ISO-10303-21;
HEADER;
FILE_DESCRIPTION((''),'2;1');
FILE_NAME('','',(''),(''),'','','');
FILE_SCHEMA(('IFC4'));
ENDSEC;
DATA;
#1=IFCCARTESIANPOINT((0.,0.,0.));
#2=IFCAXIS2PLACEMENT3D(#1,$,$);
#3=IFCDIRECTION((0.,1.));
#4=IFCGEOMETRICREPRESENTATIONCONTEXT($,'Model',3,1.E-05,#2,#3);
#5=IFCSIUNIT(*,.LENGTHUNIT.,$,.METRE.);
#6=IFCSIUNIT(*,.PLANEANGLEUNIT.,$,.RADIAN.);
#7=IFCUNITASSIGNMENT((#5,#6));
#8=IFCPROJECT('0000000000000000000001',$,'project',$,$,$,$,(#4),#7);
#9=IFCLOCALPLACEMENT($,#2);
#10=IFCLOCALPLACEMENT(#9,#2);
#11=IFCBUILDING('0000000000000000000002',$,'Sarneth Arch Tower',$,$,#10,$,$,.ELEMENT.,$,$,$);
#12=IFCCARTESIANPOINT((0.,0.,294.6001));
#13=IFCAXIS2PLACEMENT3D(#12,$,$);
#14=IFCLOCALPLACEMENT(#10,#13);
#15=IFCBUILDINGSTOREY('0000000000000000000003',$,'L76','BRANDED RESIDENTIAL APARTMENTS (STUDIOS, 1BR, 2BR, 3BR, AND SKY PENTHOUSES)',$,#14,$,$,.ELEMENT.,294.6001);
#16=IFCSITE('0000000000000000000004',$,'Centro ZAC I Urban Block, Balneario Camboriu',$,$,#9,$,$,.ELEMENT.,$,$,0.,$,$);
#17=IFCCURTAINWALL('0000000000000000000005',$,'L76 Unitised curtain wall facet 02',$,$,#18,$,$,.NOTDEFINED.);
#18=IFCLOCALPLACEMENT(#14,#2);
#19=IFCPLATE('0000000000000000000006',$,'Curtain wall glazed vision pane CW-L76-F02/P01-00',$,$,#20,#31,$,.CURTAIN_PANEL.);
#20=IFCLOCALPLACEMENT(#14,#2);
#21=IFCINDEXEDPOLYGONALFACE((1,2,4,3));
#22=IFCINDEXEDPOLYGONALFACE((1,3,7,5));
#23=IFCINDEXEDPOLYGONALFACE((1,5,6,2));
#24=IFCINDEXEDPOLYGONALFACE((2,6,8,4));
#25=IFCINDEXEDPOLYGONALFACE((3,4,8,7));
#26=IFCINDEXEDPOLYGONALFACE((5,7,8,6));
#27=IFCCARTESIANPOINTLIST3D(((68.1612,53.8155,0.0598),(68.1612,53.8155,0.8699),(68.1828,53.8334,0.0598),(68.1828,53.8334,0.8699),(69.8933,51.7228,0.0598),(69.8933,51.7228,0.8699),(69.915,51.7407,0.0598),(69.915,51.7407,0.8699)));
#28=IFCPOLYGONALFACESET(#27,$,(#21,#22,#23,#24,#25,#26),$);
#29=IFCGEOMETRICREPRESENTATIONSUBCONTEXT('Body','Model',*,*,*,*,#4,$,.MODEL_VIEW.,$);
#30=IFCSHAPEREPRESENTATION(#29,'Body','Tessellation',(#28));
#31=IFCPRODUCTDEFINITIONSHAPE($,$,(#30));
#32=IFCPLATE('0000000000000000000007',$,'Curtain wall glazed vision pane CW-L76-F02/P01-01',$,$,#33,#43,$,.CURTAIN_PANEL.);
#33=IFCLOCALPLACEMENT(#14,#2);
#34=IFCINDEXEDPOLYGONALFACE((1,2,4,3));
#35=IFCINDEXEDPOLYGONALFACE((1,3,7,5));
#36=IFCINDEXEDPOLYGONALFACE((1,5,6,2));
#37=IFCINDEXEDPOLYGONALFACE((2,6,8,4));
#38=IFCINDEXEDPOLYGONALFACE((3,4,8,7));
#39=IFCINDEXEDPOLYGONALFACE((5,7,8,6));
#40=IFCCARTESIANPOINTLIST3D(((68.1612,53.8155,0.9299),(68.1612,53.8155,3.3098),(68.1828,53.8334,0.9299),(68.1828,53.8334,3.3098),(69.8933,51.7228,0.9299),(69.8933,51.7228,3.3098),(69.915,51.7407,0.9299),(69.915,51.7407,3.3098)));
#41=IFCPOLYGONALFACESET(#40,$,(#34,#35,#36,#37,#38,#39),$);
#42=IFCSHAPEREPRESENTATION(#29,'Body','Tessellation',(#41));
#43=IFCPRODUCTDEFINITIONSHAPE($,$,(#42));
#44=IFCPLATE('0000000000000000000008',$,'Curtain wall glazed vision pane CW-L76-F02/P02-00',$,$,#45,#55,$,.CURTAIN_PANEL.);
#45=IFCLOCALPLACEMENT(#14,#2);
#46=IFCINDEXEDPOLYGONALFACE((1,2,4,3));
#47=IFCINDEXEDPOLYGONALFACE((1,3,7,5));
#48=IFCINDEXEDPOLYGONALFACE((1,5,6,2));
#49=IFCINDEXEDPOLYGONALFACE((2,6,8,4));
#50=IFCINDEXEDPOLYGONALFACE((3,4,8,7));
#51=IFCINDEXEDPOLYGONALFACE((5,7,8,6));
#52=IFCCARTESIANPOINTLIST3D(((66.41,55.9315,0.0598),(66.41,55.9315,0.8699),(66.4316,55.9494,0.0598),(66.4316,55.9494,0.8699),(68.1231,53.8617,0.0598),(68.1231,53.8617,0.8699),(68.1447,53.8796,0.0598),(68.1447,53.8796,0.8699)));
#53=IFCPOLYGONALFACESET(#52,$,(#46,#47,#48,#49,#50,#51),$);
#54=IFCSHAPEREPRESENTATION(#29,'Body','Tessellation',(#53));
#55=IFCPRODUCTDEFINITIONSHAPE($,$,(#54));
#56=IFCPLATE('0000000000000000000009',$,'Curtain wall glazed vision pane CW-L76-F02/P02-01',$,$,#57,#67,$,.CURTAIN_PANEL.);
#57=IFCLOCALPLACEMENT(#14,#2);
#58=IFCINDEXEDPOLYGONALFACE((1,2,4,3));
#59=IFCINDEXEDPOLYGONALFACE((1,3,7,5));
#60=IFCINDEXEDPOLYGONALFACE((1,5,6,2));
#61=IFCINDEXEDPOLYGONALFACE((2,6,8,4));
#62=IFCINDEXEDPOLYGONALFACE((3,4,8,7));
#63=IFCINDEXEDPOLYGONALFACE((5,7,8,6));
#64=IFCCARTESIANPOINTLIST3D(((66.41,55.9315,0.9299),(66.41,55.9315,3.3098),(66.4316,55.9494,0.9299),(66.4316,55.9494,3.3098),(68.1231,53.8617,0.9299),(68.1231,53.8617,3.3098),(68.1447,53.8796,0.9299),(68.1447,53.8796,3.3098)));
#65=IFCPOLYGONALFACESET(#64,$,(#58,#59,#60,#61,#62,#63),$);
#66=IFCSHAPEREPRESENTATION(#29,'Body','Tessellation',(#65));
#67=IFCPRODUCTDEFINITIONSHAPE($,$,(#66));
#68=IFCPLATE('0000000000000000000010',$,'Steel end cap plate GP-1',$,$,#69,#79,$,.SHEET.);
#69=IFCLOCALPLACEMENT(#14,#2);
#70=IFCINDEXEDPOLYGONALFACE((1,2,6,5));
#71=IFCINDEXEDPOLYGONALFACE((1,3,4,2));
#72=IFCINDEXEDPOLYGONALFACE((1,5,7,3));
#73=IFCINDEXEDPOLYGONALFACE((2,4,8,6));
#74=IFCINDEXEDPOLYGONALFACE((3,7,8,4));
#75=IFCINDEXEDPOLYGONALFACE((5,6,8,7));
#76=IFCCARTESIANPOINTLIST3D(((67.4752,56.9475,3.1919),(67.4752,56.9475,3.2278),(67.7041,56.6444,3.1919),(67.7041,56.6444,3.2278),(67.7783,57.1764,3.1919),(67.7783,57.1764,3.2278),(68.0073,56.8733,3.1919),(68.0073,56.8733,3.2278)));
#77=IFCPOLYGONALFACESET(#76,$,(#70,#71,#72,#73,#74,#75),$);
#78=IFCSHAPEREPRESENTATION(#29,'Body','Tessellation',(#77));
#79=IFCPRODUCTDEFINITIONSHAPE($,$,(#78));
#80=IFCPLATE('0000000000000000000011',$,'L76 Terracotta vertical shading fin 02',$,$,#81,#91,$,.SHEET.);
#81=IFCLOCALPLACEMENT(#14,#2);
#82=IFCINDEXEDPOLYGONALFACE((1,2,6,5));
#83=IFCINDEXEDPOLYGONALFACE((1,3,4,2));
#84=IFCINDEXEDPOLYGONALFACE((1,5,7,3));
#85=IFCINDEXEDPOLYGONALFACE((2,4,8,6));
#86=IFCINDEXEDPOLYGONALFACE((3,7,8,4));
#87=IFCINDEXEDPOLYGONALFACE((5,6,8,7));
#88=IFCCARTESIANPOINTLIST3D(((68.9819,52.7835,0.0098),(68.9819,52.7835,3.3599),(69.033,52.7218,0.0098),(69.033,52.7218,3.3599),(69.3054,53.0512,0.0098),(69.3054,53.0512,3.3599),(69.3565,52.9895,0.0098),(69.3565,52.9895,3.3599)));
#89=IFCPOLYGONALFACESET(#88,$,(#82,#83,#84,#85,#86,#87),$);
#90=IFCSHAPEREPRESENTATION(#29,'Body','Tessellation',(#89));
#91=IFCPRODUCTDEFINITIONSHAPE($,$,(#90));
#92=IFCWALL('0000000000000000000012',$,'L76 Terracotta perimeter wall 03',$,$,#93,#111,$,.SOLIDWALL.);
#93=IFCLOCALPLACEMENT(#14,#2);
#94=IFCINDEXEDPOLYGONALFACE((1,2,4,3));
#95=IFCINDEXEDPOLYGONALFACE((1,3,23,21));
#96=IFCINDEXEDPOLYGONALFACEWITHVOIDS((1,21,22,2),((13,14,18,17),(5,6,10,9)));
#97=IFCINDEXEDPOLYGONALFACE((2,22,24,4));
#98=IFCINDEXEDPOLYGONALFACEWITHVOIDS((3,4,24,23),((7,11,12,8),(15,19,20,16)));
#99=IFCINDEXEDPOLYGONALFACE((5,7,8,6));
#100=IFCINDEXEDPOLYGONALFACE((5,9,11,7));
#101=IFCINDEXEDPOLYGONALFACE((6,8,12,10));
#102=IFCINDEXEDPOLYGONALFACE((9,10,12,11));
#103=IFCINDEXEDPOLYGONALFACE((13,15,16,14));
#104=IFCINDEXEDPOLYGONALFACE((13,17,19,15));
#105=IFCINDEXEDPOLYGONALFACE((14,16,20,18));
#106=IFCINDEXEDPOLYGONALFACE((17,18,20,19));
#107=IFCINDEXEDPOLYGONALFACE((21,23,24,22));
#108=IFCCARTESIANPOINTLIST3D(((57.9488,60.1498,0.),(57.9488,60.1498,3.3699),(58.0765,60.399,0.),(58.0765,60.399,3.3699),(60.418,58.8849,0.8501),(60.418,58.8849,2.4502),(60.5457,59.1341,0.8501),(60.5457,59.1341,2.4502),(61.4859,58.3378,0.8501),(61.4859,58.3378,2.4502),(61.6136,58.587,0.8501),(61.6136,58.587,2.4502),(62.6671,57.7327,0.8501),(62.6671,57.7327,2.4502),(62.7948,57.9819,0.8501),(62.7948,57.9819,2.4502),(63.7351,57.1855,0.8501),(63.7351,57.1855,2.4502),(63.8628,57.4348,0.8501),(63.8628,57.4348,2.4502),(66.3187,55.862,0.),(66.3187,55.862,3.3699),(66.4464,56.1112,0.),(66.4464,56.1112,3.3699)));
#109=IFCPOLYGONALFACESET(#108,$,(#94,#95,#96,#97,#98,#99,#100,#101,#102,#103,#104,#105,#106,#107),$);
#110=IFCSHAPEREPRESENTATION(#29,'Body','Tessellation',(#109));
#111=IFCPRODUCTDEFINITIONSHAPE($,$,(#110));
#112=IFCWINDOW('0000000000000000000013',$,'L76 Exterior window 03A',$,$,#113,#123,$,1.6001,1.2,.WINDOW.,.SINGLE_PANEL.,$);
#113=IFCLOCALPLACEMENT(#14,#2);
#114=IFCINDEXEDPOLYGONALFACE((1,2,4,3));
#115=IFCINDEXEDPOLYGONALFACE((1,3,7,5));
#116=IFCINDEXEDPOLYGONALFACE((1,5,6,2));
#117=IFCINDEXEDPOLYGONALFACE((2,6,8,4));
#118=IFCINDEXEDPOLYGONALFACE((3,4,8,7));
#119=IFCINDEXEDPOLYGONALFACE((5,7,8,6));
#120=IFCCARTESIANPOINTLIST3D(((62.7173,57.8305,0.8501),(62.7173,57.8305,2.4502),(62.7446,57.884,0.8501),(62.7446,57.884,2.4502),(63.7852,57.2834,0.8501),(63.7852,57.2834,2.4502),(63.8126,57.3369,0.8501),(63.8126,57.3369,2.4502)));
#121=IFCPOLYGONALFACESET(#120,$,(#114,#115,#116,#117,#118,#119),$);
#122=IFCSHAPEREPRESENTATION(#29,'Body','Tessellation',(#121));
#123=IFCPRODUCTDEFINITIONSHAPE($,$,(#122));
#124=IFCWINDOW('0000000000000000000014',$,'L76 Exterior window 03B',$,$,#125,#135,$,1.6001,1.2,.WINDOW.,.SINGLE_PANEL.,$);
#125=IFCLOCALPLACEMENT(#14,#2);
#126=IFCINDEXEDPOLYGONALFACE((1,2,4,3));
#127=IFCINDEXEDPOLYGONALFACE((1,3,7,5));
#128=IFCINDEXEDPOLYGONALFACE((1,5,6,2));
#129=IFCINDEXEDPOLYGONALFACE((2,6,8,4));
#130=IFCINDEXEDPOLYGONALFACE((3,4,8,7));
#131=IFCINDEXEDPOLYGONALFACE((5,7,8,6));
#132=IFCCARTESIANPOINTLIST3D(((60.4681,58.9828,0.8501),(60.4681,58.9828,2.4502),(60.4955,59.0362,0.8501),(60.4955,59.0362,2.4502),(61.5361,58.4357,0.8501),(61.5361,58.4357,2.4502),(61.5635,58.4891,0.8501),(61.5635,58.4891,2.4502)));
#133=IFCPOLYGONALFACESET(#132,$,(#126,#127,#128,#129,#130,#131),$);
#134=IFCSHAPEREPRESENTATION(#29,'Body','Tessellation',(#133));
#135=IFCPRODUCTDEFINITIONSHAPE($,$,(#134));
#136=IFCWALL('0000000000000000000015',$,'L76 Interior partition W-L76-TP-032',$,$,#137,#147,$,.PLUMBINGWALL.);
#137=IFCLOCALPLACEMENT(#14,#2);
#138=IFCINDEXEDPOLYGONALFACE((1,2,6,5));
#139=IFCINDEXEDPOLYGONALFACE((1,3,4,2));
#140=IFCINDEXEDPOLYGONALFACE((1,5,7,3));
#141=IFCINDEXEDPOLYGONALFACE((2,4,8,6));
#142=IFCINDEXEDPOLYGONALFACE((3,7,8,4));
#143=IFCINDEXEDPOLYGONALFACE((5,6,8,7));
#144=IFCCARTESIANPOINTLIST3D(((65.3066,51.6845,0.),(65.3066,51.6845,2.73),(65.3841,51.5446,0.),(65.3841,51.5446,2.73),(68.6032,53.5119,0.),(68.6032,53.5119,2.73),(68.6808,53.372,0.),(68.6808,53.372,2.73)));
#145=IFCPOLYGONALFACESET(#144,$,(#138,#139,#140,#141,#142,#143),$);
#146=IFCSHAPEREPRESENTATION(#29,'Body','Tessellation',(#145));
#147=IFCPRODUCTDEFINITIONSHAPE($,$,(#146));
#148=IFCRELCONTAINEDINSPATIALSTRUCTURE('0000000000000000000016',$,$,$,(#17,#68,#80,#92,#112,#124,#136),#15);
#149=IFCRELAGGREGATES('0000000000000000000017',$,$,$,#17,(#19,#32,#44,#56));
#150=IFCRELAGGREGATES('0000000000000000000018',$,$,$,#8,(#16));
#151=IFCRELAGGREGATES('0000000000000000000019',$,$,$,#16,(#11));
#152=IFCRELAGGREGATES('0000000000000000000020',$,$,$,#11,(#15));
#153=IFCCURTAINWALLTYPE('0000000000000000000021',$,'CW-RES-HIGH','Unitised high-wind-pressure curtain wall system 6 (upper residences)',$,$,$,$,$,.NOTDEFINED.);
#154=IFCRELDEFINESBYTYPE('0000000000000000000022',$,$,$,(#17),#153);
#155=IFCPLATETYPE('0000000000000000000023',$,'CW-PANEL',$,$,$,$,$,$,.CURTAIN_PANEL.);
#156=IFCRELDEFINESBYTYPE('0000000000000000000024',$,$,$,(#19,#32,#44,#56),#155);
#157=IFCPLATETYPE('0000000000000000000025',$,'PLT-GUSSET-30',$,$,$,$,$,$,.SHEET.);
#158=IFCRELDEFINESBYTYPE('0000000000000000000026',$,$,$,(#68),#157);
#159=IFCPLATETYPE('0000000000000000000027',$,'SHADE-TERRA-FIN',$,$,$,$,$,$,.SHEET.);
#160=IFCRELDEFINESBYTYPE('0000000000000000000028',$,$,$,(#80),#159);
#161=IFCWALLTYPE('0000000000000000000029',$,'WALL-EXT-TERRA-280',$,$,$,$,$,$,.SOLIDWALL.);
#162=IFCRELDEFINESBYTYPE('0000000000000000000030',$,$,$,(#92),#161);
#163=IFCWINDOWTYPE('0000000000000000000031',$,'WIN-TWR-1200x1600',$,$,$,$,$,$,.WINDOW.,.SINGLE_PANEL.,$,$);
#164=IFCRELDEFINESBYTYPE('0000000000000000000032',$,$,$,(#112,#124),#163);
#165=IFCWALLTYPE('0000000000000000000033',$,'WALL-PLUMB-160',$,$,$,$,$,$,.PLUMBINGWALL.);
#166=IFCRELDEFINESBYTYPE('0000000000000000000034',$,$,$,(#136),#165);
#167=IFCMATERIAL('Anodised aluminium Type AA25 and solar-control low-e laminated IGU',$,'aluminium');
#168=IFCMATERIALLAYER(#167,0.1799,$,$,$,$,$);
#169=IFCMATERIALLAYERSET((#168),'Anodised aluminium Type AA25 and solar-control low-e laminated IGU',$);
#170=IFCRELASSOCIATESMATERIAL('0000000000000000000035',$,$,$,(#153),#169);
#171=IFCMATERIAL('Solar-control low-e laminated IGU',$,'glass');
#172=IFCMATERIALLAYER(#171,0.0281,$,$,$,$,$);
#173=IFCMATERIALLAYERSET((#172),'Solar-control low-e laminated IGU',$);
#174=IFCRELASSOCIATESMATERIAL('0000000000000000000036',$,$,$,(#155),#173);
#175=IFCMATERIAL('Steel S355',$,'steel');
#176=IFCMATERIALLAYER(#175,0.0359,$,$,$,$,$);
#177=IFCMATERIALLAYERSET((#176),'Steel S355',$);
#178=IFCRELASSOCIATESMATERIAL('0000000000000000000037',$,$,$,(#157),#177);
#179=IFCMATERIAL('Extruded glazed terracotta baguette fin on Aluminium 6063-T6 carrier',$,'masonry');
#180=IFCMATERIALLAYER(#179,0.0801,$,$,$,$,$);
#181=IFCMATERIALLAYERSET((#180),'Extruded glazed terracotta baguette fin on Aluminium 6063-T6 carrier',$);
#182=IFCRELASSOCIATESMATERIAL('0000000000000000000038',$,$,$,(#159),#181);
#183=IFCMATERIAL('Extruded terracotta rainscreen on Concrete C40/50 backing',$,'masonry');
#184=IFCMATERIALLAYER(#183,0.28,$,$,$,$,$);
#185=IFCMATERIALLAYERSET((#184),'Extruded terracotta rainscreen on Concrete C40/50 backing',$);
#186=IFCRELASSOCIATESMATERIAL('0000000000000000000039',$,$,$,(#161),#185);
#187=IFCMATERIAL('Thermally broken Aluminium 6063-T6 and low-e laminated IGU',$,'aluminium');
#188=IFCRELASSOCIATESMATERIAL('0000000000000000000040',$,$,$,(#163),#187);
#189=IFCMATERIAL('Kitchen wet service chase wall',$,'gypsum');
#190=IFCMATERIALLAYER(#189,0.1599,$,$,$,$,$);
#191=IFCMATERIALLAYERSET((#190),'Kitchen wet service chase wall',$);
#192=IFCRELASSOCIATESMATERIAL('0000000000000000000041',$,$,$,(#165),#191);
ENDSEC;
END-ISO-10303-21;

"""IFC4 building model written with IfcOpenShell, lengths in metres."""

from ifc_helpers import new_model, si_unit, direction, frame, frame_2d, origin, origin_2d, place, context, subcontext, project, spatial, rectangle, extrude, material, layer, layer_set, type_object, element, fill, aggregate, save


model = new_model("IFC4")

# Units and contexts
model_context = context("Model", 3, precision=1e-05, world=origin(), true_north=direction((0.0, 1.0)))
body_context = subcontext(model_context, "Body", "Model", "MODEL_VIEW")
ifc_project = project(units=[si_unit("LENGTHUNIT", "METRE"), si_unit("PLANEANGLEUNIT", "RADIAN")], contexts=[model_context])

# Site, building, storey
site_placement = place(None, origin())
site = spatial("IfcSite", under=ifc_project, at=site_placement, Name="Centro ZAC I Urban Block, Balneario Camboriu", CompositionType="ELEMENT", RefElevation=0.0)
building_placement = place(site_placement, origin())
building = spatial("IfcBuilding", under=site, at=building_placement, Name="Sarneth Arch Tower", CompositionType="ELEMENT")
storey_placement = place(building_placement, frame((0.0, 0.0, 294.6001)))
storey = spatial("IfcBuildingStorey", under=building, at=storey_placement, Name="L76", Description="BRANDED RESIDENTIAL APARTMENTS (STUDIOS, 1BR, 2BR, 3BR, AND SKY PENTHOUSES)", CompositionType="ELEMENT", Elevation=294.6001)

# Curtain wall
ifc_material_1 = material(Name="Anodised aluminium Type AA25 and solar-control low-e laminated IGU", Category="aluminium")
ifc_layer_1 = layer(ifc_material_1, 0.1799)
ifc_layer_set_1 = layer_set([ifc_layer_1], Name="Anodised aluminium Type AA25 and solar-control low-e laminated IGU")
curtain_wall_type = type_object("IfcCurtainWallType", Name="CW-RES-HIGH", Description="Unitised high-wind-pressure curtain wall system 6 (upper residences)", PredefinedType="NOTDEFINED", material=ifc_layer_set_1)
curtain_wall_placement = place(storey_placement, origin())
curtain_wall = element("IfcCurtainWall", 1, at=curtain_wall_placement, inside=storey, type_object=curtain_wall_type, Name="L76 Unitised curtain wall facet 02", PredefinedType="NOTDEFINED")

# Plates
ifc_material_2 = material(Name="Solar-control low-e laminated IGU", Category="glass")
ifc_layer_2 = layer(ifc_material_2, 0.0281)
ifc_layer_set_2 = layer_set([ifc_layer_2], Name="Solar-control low-e laminated IGU")
plate_type_1 = type_object("IfcPlateType", Name="CW-PANEL", PredefinedType="CURTAIN_PANEL", material=ifc_layer_set_2)
plate_1_placement = place(storey_placement, frame((69.0381, 52.7781, 0.0598), z_axis=(0.0, 0.0, 1.0), x_axis=(-0.63761, 0.770359, 0.0)))
plate_1 = element("IfcPlate", 2, at=plate_1_placement, type_object=plate_type_1, Name="Curtain wall glazed vision pane CW-L76-F02/P01-00", PredefinedType="CURTAIN_PANEL", context=body_context, shape_type="SweptSolid", body=[
    extrude(rectangle(XDim=2.7166, YDim=0.0281, at=origin_2d()), origin(), (0.0, 0.0, 1.0), 0.8101),
])
plate_2_placement = place(storey_placement, frame((69.0381, 52.7781, 0.9299), z_axis=(0.0, 0.0, 1.0), x_axis=(-0.63761, 0.770359, 0.0)))
plate_2 = element("IfcPlate", 3, at=plate_2_placement, type_object=plate_type_1, Name="Curtain wall glazed vision pane CW-L76-F02/P01-01", PredefinedType="CURTAIN_PANEL", context=body_context, shape_type="SweptSolid", body=[
    extrude(rectangle(XDim=2.7166, YDim=0.0281, at=origin_2d()), origin(), (0.0, 0.0, 1.0), 2.3799),
])
plate_3_placement = place(storey_placement, frame((67.2773, 54.9055, 0.0598), z_axis=(0.0, 0.0, 1.0), x_axis=(-0.63761, 0.770359, 0.0)))
plate_3 = element("IfcPlate", 4, at=plate_3_placement, type_object=plate_type_1, Name="Curtain wall glazed vision pane CW-L76-F02/P02-00", PredefinedType="CURTAIN_PANEL", context=body_context, shape_type="SweptSolid", body=[
    extrude(rectangle(XDim=2.6868, YDim=0.0281, at=origin_2d()), origin(), (0.0, 0.0, 1.0), 0.8101),
])
plate_4_placement = place(storey_placement, frame((67.2773, 54.9055, 0.9299), z_axis=(0.0, 0.0, 1.0), x_axis=(-0.63761, 0.770359, 0.0)))
plate_4 = element("IfcPlate", 5, at=plate_4_placement, type_object=plate_type_1, Name="Curtain wall glazed vision pane CW-L76-F02/P02-01", PredefinedType="CURTAIN_PANEL", context=body_context, shape_type="SweptSolid", body=[
    extrude(rectangle(XDim=2.6868, YDim=0.0281, at=origin_2d()), origin(), (0.0, 0.0, 1.0), 2.3799),
])
aggregate(curtain_wall, [plate_1, plate_2, plate_3, plate_4])

# Plates
ifc_material_3 = material(Name="Steel S355", Category="steel")
ifc_layer_3 = layer(ifc_material_3, 0.0359)
ifc_layer_set_3 = layer_set([ifc_layer_3], Name="Steel S355")
plate_type_2 = type_object("IfcPlateType", Name="PLT-GUSSET-30", PredefinedType="SHEET", material=ifc_layer_set_3)
plate_5_placement = place(storey_placement, frame((67.7412, 56.9104, 3.1919), z_axis=(0.0, 0.0, 1.0), x_axis=(0.798005, 0.602651, 0.0)))
element("IfcPlate", 6, at=plate_5_placement, inside=storey, type_object=plate_type_2, Name="Steel end cap plate GP-1", PredefinedType="SHEET", context=body_context, shape_type="SweptSolid", body=[
    extrude(rectangle(XDim=0.3799, YDim=0.3799, at=origin_2d()), origin(), (0.0, 0.0, 1.0), 0.0359),
])
ifc_material_4 = material(Name="Extruded glazed terracotta baguette fin on Aluminium 6063-T6 carrier", Category="masonry")
ifc_layer_4 = layer(ifc_material_4, 0.0801)
ifc_layer_set_4 = layer_set([ifc_layer_4], Name="Extruded glazed terracotta baguette fin on Aluminium 6063-T6 carrier")
plate_type_3 = type_object("IfcPlateType", Name="SHADE-TERRA-FIN", PredefinedType="SHEET", material=ifc_layer_set_4)
plate_6_placement = place(storey_placement, frame((69.1692, 52.8865, 0.0098), z_axis=(0.0, 0.0, 1.0), x_axis=(0.770402, 0.637558, 0.0)))
element("IfcPlate", 7, at=plate_6_placement, inside=storey, type_object=plate_type_3, Name="L76 Terracotta vertical shading fin 02", PredefinedType="SHEET", context=body_context, shape_type="SweptSolid", body=[
    extrude(rectangle(XDim=0.4199, YDim=0.0801, at=origin_2d()), origin(), (0.0, 0.0, 1.0), 3.3501),
])

# Wall, openings, windows
ifc_material_5 = material(Name="Extruded terracotta rainscreen on Concrete C40/50 backing", Category="masonry")
ifc_layer_5 = layer(ifc_material_5, 0.28)
ifc_layer_set_5 = layer_set([ifc_layer_5], Name="Extruded terracotta rainscreen on Concrete C40/50 backing")
wall_type_1 = type_object("IfcWallType", Name="WALL-EXT-TERRA-280", PredefinedType="SOLIDWALL", material=ifc_layer_set_5)
wall_1_placement = place(storey_placement, frame((66.3826, 55.9866, 0.0), z_axis=(0.0, 0.0, 1.0), x_axis=(-0.890007, 0.455946, 0.0)))
wall_1 = element("IfcWall", 8, at=wall_1_placement, inside=storey, type_object=wall_type_1, Name="L76 Terracotta perimeter wall 03", PredefinedType="SOLIDWALL", context=body_context, shape_type="SweptSolid", body=[
    extrude(rectangle(XDim=9.4043, YDim=0.28, at=frame_2d((4.7021, 0.0))), origin(), (0.0, 0.0, 1.0), 3.3699),
])
opening_1_placement = place(wall_1_placement, frame((2.9028, 0.0, 0.8501)))
opening_1 = element("IfcOpeningElement", 9, at=opening_1_placement, cuts=wall_1, PredefinedType="OPENING", context=body_context, shape_type="SweptSolid", body=[
    extrude(rectangle(XDim=1.2, YDim=1.6001, at=frame_2d((0.6001, 0.8))), frame((0.0, 0.1499, 0.0), z_axis=(0.0, -1.0, 0.0), x_axis=(1.0, 0.0, 0.0)), (0.0, 0.0, 1.0), 0.3),
])
opening_2_placement = place(wall_1_placement, frame((5.4299, 0.0, 0.8501)))
opening_2 = element("IfcOpeningElement", 10, at=opening_2_placement, cuts=wall_1, PredefinedType="OPENING", context=body_context, shape_type="SweptSolid", body=[
    extrude(rectangle(XDim=1.2, YDim=1.6001, at=frame_2d((0.6001, 0.8))), frame((0.0, 0.1499, 0.0), z_axis=(0.0, -1.0, 0.0), x_axis=(1.0, 0.0, 0.0)), (0.0, 0.0, 1.0), 0.3),
])
ifc_material_6 = material(Name="Thermally broken Aluminium 6063-T6 and low-e laminated IGU", Category="aluminium")
window_type = type_object("IfcWindowType", Name="WIN-TWR-1200x1600", PartitioningType="SINGLE_PANEL", PredefinedType="WINDOW", material=ifc_material_6)
window_1_placement = place(opening_1_placement, origin())
window_1 = element("IfcWindow", 11, at=window_1_placement, inside=storey, type_object=window_type, Name="L76 Exterior window 03A", OverallHeight=1.6001, OverallWidth=1.2, PartitioningType="SINGLE_PANEL", PredefinedType="WINDOW", context=body_context, shape_type="SweptSolid", body=[
    extrude(rectangle(XDim=1.2, YDim=1.6001, at=frame_2d((0.6001, 0.8))), frame((0.0, 0.03, 0.0), z_axis=(0.0, -1.0, 0.0), x_axis=(1.0, 0.0, 0.0)), (0.0, 0.0, 1.0), 0.0601),
])
fill(opening_1, window_1)
window_2_placement = place(opening_2_placement, origin())
window_2 = element("IfcWindow", 12, at=window_2_placement, inside=storey, type_object=window_type, Name="L76 Exterior window 03B", OverallHeight=1.6001, OverallWidth=1.2, PartitioningType="SINGLE_PANEL", PredefinedType="WINDOW", context=body_context, shape_type="SweptSolid", body=[
    extrude(rectangle(XDim=1.2, YDim=1.6001, at=frame_2d((0.6001, 0.8))), frame((0.0, 0.03, 0.0), z_axis=(0.0, -1.0, 0.0), x_axis=(1.0, 0.0, 0.0)), (0.0, 0.0, 1.0), 0.0601),
])
fill(opening_2, window_2)

# Wall
ifc_material_7 = material(Name="Kitchen wet service chase wall", Category="gypsum")
ifc_layer_6 = layer(ifc_material_7, 0.1599)
ifc_layer_set_6 = layer_set([ifc_layer_6], Name="Kitchen wet service chase wall")
wall_type_2 = type_object("IfcWallType", Name="WALL-PLUMB-160", PredefinedType="PLUMBINGWALL", material=ifc_layer_set_6)
wall_2_placement = place(storey_placement, frame((65.3452, 51.6145, 0.0), z_axis=(0.0, 0.0, 1.0), x_axis=(0.874615, 0.484818, 0.0)))
element("IfcWall", 13, at=wall_2_placement, inside=storey, type_object=wall_type_2, Name="L76 Interior partition W-L76-TP-032", PredefinedType="PLUMBINGWALL", context=body_context, shape_type="SweptSolid", body=[
    extrude(rectangle(XDim=3.7693, YDim=0.1599, at=frame_2d((1.8848, 0.0))), origin(), (0.0, 0.0, 1.0), 2.73),
])

save(model, "model.ifc")
